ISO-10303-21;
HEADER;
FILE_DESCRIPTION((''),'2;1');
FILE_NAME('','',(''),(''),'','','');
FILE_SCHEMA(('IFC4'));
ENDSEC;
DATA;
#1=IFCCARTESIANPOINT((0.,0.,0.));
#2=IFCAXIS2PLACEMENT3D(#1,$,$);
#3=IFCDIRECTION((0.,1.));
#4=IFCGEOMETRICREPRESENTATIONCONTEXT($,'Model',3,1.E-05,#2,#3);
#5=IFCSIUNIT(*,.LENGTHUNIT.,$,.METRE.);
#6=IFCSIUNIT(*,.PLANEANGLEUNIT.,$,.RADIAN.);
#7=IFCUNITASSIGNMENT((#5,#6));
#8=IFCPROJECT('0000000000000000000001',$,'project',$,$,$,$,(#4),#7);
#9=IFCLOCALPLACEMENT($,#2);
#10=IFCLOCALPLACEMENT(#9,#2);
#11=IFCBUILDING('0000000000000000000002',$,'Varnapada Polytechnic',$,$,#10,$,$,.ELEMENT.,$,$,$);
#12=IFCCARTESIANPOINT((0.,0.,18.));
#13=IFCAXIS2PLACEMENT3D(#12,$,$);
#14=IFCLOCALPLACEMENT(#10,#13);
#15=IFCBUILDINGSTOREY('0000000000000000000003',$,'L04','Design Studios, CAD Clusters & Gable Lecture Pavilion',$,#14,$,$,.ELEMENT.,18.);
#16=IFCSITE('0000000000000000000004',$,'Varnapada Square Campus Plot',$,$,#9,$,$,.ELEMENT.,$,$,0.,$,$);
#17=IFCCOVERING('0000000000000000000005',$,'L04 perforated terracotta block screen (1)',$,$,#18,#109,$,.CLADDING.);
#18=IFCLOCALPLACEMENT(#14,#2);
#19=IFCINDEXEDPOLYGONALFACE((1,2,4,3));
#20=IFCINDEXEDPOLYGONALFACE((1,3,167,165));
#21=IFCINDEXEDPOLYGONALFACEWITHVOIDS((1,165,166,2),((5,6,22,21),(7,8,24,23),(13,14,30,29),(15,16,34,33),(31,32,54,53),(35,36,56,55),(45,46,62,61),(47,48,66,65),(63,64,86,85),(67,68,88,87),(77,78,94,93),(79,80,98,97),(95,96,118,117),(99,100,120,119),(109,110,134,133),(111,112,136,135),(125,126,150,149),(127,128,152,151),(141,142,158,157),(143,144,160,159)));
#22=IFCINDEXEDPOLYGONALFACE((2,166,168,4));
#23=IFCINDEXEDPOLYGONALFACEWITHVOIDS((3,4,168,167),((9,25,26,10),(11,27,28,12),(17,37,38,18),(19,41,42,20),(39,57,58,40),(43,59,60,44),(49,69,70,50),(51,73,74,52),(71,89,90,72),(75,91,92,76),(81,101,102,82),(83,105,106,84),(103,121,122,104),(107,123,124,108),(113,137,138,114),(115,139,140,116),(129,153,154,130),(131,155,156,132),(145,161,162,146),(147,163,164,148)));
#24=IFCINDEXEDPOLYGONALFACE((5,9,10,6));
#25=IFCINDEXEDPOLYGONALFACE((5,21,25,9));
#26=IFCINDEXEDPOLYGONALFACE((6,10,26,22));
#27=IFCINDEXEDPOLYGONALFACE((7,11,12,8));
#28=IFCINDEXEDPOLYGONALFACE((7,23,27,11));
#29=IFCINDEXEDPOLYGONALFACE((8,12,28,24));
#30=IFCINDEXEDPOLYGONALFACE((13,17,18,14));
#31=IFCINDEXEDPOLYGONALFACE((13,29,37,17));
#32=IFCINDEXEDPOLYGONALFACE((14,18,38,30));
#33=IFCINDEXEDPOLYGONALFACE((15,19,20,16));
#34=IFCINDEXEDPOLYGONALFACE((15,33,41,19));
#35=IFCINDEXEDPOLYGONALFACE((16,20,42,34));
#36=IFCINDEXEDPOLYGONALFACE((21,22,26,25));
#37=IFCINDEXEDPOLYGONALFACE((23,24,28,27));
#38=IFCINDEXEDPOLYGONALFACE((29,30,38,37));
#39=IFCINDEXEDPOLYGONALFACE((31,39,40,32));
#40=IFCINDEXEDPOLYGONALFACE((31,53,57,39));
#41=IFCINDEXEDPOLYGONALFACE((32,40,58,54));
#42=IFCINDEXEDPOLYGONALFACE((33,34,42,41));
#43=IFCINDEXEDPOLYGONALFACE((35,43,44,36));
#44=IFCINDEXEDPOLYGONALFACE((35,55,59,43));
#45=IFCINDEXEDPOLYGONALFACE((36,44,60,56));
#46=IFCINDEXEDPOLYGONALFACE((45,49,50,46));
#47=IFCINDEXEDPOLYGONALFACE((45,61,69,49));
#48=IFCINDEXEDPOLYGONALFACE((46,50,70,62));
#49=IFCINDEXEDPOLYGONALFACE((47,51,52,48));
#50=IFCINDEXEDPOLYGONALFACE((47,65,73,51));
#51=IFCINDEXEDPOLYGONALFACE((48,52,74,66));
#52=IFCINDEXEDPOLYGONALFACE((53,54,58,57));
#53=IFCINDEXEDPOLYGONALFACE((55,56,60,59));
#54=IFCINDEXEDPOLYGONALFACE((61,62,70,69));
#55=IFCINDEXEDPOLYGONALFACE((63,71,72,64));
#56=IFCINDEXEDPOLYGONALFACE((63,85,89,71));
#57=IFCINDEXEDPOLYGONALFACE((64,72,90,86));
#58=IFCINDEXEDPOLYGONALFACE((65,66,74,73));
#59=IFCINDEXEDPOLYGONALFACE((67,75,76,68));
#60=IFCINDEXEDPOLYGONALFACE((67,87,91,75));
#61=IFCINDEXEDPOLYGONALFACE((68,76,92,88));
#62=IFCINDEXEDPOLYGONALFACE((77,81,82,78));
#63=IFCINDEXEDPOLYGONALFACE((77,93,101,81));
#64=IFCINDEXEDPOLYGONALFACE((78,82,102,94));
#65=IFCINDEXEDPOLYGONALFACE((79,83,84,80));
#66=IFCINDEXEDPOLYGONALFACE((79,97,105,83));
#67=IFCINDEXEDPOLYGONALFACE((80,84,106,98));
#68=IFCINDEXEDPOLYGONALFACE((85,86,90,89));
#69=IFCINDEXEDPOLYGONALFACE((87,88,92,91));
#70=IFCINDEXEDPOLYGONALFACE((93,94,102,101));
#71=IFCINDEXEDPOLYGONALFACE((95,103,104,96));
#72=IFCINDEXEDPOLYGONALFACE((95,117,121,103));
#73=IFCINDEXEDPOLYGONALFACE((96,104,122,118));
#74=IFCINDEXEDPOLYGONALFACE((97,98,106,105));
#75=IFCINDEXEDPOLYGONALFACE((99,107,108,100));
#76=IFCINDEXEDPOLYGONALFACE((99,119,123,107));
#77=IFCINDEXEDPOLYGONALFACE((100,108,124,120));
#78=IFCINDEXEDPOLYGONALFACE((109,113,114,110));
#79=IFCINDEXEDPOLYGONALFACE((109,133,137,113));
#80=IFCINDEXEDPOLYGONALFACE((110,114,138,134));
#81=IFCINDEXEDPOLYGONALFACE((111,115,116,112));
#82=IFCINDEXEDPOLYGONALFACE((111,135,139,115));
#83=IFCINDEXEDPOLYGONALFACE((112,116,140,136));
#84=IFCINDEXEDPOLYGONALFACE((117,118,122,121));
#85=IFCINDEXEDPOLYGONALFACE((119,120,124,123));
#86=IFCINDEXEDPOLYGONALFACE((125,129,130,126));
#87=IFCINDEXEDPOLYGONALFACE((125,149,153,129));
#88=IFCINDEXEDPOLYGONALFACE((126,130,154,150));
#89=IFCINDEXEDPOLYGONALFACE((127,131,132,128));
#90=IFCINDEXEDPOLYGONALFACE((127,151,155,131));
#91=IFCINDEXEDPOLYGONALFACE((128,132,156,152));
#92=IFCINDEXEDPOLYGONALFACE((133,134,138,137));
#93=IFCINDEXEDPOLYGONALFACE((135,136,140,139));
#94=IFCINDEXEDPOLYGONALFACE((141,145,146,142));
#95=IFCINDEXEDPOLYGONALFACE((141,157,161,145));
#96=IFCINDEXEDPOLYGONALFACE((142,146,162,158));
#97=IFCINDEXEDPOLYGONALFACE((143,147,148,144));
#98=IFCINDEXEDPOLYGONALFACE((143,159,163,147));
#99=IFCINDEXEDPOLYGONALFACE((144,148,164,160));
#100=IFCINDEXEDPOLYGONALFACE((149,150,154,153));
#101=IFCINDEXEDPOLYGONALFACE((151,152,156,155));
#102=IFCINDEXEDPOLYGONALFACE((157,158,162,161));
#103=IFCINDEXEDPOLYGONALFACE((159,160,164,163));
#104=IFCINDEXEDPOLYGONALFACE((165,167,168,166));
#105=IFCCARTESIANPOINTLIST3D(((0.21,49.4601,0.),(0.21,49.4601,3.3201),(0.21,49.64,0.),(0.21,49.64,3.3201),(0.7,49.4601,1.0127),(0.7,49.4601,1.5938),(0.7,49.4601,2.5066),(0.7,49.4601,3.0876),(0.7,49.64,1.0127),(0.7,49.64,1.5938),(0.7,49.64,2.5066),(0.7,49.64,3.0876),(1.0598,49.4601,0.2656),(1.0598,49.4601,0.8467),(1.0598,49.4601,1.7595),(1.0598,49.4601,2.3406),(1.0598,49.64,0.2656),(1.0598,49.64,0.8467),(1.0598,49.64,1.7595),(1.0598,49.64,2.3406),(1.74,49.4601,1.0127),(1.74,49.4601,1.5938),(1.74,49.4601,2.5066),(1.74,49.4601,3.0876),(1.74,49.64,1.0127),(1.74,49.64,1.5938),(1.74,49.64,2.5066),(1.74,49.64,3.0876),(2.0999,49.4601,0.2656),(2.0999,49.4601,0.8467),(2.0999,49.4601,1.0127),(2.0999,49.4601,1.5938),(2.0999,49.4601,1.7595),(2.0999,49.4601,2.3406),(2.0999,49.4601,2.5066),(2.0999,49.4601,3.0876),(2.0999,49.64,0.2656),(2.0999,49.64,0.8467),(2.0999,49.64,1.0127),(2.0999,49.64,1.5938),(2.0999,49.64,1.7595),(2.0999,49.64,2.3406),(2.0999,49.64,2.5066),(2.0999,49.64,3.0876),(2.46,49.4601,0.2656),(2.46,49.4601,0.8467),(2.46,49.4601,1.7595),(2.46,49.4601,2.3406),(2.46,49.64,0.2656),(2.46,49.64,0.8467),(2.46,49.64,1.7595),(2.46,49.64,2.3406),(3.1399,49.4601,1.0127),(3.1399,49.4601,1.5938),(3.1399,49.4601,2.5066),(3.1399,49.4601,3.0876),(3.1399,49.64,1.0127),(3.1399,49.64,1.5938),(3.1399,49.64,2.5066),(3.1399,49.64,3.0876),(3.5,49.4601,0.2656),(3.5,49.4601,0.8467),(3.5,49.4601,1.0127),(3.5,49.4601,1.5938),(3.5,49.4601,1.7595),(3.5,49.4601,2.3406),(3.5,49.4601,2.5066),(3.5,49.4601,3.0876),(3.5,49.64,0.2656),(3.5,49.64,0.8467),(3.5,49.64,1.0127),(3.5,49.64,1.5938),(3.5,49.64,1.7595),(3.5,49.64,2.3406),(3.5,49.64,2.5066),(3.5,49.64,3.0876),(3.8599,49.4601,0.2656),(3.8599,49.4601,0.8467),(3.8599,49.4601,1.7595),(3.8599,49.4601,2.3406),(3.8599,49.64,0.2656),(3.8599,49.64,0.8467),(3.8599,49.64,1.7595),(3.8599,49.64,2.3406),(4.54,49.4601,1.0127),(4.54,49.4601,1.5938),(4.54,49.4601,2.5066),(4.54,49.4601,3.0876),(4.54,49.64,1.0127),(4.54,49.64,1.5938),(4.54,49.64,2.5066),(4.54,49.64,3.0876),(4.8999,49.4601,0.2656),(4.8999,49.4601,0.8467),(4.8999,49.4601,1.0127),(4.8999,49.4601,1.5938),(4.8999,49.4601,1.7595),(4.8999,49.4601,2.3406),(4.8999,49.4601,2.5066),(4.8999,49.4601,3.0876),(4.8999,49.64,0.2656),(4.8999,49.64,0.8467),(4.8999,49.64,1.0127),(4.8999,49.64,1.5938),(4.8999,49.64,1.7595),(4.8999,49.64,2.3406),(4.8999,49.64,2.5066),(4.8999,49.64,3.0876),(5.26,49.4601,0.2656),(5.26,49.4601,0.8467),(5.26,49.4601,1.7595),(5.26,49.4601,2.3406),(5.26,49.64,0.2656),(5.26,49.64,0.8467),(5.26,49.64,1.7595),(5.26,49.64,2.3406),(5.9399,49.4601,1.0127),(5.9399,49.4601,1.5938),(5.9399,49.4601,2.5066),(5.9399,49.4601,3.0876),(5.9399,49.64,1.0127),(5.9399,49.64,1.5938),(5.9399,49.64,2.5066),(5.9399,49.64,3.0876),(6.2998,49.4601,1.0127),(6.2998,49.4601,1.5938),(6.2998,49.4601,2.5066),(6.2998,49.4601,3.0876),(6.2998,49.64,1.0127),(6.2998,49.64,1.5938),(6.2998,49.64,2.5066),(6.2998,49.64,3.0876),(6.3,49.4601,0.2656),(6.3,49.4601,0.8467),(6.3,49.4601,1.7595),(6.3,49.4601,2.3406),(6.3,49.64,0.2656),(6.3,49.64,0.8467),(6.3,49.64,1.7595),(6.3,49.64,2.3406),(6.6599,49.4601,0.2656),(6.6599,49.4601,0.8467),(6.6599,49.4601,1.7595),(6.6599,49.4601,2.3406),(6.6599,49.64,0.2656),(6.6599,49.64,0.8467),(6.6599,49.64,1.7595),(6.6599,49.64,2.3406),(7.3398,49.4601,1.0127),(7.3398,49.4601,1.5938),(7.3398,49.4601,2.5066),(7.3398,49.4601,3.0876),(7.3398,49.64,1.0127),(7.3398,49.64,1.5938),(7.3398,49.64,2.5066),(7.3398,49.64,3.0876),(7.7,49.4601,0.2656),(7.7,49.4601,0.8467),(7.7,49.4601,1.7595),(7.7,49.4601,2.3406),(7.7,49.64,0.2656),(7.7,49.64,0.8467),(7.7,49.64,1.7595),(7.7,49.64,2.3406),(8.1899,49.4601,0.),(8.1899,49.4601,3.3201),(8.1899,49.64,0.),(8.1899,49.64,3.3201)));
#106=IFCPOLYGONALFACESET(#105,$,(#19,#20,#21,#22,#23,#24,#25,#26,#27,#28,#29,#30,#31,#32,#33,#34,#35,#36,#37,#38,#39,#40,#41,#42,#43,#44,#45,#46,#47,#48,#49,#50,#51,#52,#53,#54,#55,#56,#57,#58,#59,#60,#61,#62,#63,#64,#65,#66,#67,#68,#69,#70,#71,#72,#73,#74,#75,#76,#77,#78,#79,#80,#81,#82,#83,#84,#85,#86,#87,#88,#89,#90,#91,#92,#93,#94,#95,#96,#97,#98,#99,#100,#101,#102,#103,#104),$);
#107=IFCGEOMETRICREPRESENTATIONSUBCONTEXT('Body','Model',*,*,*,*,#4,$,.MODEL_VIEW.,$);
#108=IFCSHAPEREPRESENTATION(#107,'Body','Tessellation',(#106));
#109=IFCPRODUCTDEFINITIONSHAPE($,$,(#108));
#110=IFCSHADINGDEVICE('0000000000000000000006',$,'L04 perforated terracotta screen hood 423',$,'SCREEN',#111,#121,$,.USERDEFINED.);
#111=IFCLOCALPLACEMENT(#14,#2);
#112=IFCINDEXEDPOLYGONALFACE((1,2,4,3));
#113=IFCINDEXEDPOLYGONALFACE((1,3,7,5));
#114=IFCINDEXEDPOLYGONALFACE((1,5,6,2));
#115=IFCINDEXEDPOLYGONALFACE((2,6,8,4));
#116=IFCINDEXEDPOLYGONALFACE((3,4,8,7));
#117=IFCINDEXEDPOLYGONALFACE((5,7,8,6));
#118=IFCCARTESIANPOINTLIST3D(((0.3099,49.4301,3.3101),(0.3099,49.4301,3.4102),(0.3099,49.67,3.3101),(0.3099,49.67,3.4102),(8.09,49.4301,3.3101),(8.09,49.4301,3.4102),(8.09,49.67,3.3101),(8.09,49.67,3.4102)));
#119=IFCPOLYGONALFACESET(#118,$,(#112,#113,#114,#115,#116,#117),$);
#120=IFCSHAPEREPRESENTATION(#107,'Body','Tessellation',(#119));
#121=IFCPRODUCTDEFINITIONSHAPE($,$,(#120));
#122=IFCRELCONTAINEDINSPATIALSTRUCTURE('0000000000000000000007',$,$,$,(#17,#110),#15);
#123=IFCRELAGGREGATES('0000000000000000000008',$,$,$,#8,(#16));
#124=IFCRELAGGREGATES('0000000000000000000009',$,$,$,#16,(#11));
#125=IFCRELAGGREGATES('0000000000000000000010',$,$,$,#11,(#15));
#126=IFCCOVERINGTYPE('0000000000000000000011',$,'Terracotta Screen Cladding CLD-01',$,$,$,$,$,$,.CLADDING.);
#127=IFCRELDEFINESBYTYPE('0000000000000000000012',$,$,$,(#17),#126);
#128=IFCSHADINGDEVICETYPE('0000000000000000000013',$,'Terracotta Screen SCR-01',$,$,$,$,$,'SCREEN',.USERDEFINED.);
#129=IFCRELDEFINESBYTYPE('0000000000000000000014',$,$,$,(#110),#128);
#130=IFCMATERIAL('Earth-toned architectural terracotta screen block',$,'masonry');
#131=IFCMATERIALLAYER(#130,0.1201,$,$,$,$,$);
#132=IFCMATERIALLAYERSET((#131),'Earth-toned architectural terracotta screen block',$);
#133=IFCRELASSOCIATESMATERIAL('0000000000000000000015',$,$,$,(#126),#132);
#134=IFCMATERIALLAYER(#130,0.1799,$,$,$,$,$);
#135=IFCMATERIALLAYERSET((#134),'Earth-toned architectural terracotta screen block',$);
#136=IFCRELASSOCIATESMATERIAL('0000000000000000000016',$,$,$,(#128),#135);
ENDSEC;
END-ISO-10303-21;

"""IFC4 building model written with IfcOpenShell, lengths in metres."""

from ifc_helpers import new_model, si_unit, direction, frame, frame_2d, origin, origin_2d, place, context, subcontext, project, spatial, rectangle, extrude, material, layer, layer_set, type_object, element, save


model = new_model("IFC4")

# Units and contexts
model_context = context("Model", 3, precision=1e-05, world=origin(), true_north=direction((0.0, 1.0)))
body_context = subcontext(model_context, "Body", "Model", "MODEL_VIEW")
ifc_project = project(units=[si_unit("LENGTHUNIT", "METRE"), si_unit("PLANEANGLEUNIT", "RADIAN")], contexts=[model_context])

# Site, building, storey
site_placement = place(None, origin())
site = spatial("IfcSite", under=ifc_project, at=site_placement, Name="Varnapada Square Campus Plot", CompositionType="ELEMENT", RefElevation=0.0)
building_placement = place(site_placement, origin())
building = spatial("IfcBuilding", under=site, at=building_placement, Name="Varnapada Polytechnic", CompositionType="ELEMENT")
storey_placement = place(building_placement, frame((0.0, 0.0, 18.0)))
storey = spatial("IfcBuildingStorey", under=building, at=storey_placement, Name="L04", Description="Design Studios, CAD Clusters & Gable Lecture Pavilion", CompositionType="ELEMENT", Elevation=18.0)

# Covering, openings
ifc_material_1 = material(Name="Earth-toned architectural terracotta screen block", Category="masonry")
ifc_layer_1 = layer(ifc_material_1, 0.1201)
ifc_layer_set_1 = layer_set([ifc_layer_1], Name="Earth-toned architectural terracotta screen block")
covering_type = type_object("IfcCoveringType", Name="Terracotta Screen Cladding CLD-01", PredefinedType="CLADDING", material=ifc_layer_set_1)
covering_placement = place(storey_placement, frame((8.1899, 49.55, 0.0), z_axis=(0.0, 0.0, 1.0), x_axis=(-1.0, 0.0, 0.0)))
covering = element("IfcCovering", 1, at=covering_placement, inside=storey, type_object=covering_type, Name="L04 perforated terracotta block screen (1)", PredefinedType="CLADDING", context=body_context, shape_type="SweptSolid", body=[
    extrude(rectangle(XDim=7.98, YDim=0.1799, at=frame_2d((3.99, 0.0))), origin(), (0.0, 0.0, 1.0), 3.3201),
])
opening_1_placement = place(covering_placement, frame((0.49, 0.0, 0.2656)))
element("IfcOpeningElement", 2, at=opening_1_placement, cuts=covering, PredefinedType="OPENING", context=body_context, shape_type="SweptSolid", body=[
    extrude(rectangle(XDim=1.04, YDim=0.5811, at=frame_2d((0.52, 0.2905))), frame((0.0, 0.0999, 0.0), z_axis=(0.0, -1.0, 0.0), x_axis=(1.0, 0.0, 0.0)), (0.0, 0.0, 1.0), 0.2),
])
opening_2_placement = place(covering_placement, frame((1.8899, 0.0, 0.2656)))
element("IfcOpeningElement", 3, at=opening_2_placement, cuts=covering, PredefinedType="OPENING", context=body_context, shape_type="SweptSolid", body=[
    extrude(rectangle(XDim=1.04, YDim=0.5811, at=frame_2d((0.52, 0.2905))), frame((0.0, 0.0999, 0.0), z_axis=(0.0, -1.0, 0.0), x_axis=(1.0, 0.0, 0.0)), (0.0, 0.0, 1.0), 0.2),
])
opening_3_placement = place(covering_placement, frame((3.29, 0.0, 0.2656)))
element("IfcOpeningElement", 4, at=opening_3_placement, cuts=covering, PredefinedType="OPENING", context=body_context, shape_type="SweptSolid", body=[
    extrude(rectangle(XDim=1.04, YDim=0.5811, at=frame_2d((0.52, 0.2905))), frame((0.0, 0.0999, 0.0), z_axis=(0.0, -1.0, 0.0), x_axis=(1.0, 0.0, 0.0)), (0.0, 0.0, 1.0), 0.2),
])
opening_4_placement = place(covering_placement, frame((4.6899, 0.0, 0.2656)))
element("IfcOpeningElement", 5, at=opening_4_placement, cuts=covering, PredefinedType="OPENING", context=body_context, shape_type="SweptSolid", body=[
    extrude(rectangle(XDim=1.04, YDim=0.5811, at=frame_2d((0.52, 0.2905))), frame((0.0, 0.0999, 0.0), z_axis=(0.0, -1.0, 0.0), x_axis=(1.0, 0.0, 0.0)), (0.0, 0.0, 1.0), 0.2),
])
opening_5_placement = place(covering_placement, frame((6.0901, 0.0, 0.2656)))
element("IfcOpeningElement", 6, at=opening_5_placement, cuts=covering, PredefinedType="OPENING", context=body_context, shape_type="SweptSolid", body=[
    extrude(rectangle(XDim=1.04, YDim=0.5811, at=frame_2d((0.52, 0.2905))), frame((0.0, 0.0999, 0.0), z_axis=(0.0, -1.0, 0.0), x_axis=(1.0, 0.0, 0.0)), (0.0, 0.0, 1.0), 0.2),
])
opening_6_placement = place(covering_placement, frame((0.8501, 0.0, 1.0127)))
element("IfcOpeningElement", 7, at=opening_6_placement, cuts=covering, PredefinedType="OPENING", context=body_context, shape_type="SweptSolid", body=[
    extrude(rectangle(XDim=1.04, YDim=0.5811, at=frame_2d((0.52, 0.2905))), frame((0.0, 0.0999, 0.0), z_axis=(0.0, -1.0, 0.0), x_axis=(1.0, 0.0, 0.0)), (0.0, 0.0, 1.0), 0.2),
])
opening_7_placement = place(covering_placement, frame((2.25, 0.0, 1.0127)))
element("IfcOpeningElement", 8, at=opening_7_placement, cuts=covering, PredefinedType="OPENING", context=body_context, shape_type="SweptSolid", body=[
    extrude(rectangle(XDim=1.04, YDim=0.5811, at=frame_2d((0.52, 0.2905))), frame((0.0, 0.0999, 0.0), z_axis=(0.0, -1.0, 0.0), x_axis=(1.0, 0.0, 0.0)), (0.0, 0.0, 1.0), 0.2),
])
opening_8_placement = place(covering_placement, frame((3.6499, 0.0, 1.0127)))
element("IfcOpeningElement", 9, at=opening_8_placement, cuts=covering, PredefinedType="OPENING", context=body_context, shape_type="SweptSolid", body=[
    extrude(rectangle(XDim=1.04, YDim=0.5811, at=frame_2d((0.52, 0.2905))), frame((0.0, 0.0999, 0.0), z_axis=(0.0, -1.0, 0.0), x_axis=(1.0, 0.0, 0.0)), (0.0, 0.0, 1.0), 0.2),
])
opening_9_placement = place(covering_placement, frame((5.05, 0.0, 1.0127)))
element("IfcOpeningElement", 10, at=opening_9_placement, cuts=covering, PredefinedType="OPENING", context=body_context, shape_type="SweptSolid", body=[
    extrude(rectangle(XDim=1.04, YDim=0.5811, at=frame_2d((0.52, 0.2905))), frame((0.0, 0.0999, 0.0), z_axis=(0.0, -1.0, 0.0), x_axis=(1.0, 0.0, 0.0)), (0.0, 0.0, 1.0), 0.2),
])
opening_10_placement = place(covering_placement, frame((6.45, 0.0, 1.0127)))
element("IfcOpeningElement", 11, at=opening_10_placement, cuts=covering, PredefinedType="OPENING", context=body_context, shape_type="SweptSolid", body=[
    extrude(rectangle(XDim=1.04, YDim=0.5811, at=frame_2d((0.52, 0.2905))), frame((0.0, 0.0999, 0.0), z_axis=(0.0, -1.0, 0.0), x_axis=(1.0, 0.0, 0.0)), (0.0, 0.0, 1.0), 0.2),
])
opening_11_placement = place(covering_placement, frame((0.49, 0.0, 1.7595)))
element("IfcOpeningElement", 12, at=opening_11_placement, cuts=covering, PredefinedType="OPENING", context=body_context, shape_type="SweptSolid", body=[
    extrude(rectangle(XDim=1.04, YDim=0.5811, at=frame_2d((0.52, 0.2905))), frame((0.0, 0.0999, 0.0), z_axis=(0.0, -1.0, 0.0), x_axis=(1.0, 0.0, 0.0)), (0.0, 0.0, 1.0), 0.2),
])
opening_12_placement = place(covering_placement, frame((1.8899, 0.0, 1.7595)))
element("IfcOpeningElement", 13, at=opening_12_placement, cuts=covering, PredefinedType="OPENING", context=body_context, shape_type="SweptSolid", body=[
    extrude(rectangle(XDim=1.04, YDim=0.5811, at=frame_2d((0.52, 0.2905))), frame((0.0, 0.0999, 0.0), z_axis=(0.0, -1.0, 0.0), x_axis=(1.0, 0.0, 0.0)), (0.0, 0.0, 1.0), 0.2),
])
opening_13_placement = place(covering_placement, frame((3.29, 0.0, 1.7595)))
element("IfcOpeningElement", 14, at=opening_13_placement, cuts=covering, PredefinedType="OPENING", context=body_context, shape_type="SweptSolid", body=[
    extrude(rectangle(XDim=1.04, YDim=0.5811, at=frame_2d((0.52, 0.2905))), frame((0.0, 0.0999, 0.0), z_axis=(0.0, -1.0, 0.0), x_axis=(1.0, 0.0, 0.0)), (0.0, 0.0, 1.0), 0.2),
])
opening_14_placement = place(covering_placement, frame((4.6899, 0.0, 1.7595)))
element("IfcOpeningElement", 15, at=opening_14_placement, cuts=covering, PredefinedType="OPENING", context=body_context, shape_type="SweptSolid", body=[
    extrude(rectangle(XDim=1.04, YDim=0.5811, at=frame_2d((0.52, 0.2905))), frame((0.0, 0.0999, 0.0), z_axis=(0.0, -1.0, 0.0), x_axis=(1.0, 0.0, 0.0)), (0.0, 0.0, 1.0), 0.2),
])
opening_15_placement = place(covering_placement, frame((6.0901, 0.0, 1.7595)))
element("IfcOpeningElement", 16, at=opening_15_placement, cuts=covering, PredefinedType="OPENING", context=body_context, shape_type="SweptSolid", body=[
    extrude(rectangle(XDim=1.04, YDim=0.5811, at=frame_2d((0.52, 0.2905))), frame((0.0, 0.0999, 0.0), z_axis=(0.0, -1.0, 0.0), x_axis=(1.0, 0.0, 0.0)), (0.0, 0.0, 1.0), 0.2),
])
opening_16_placement = place(covering_placement, frame((0.8501, 0.0, 2.5066)))
element("IfcOpeningElement", 17, at=opening_16_placement, cuts=covering, PredefinedType="OPENING", context=body_context, shape_type="SweptSolid", body=[
    extrude(rectangle(XDim=1.04, YDim=0.5811, at=frame_2d((0.52, 0.2905))), frame((0.0, 0.0999, 0.0), z_axis=(0.0, -1.0, 0.0), x_axis=(1.0, 0.0, 0.0)), (0.0, 0.0, 1.0), 0.2),
])
opening_17_placement = place(covering_placement, frame((2.25, 0.0, 2.5066)))
element("IfcOpeningElement", 18, at=opening_17_placement, cuts=covering, PredefinedType="OPENING", context=body_context, shape_type="SweptSolid", body=[
    extrude(rectangle(XDim=1.04, YDim=0.5811, at=frame_2d((0.52, 0.2905))), frame((0.0, 0.0999, 0.0), z_axis=(0.0, -1.0, 0.0), x_axis=(1.0, 0.0, 0.0)), (0.0, 0.0, 1.0), 0.2),
])
opening_18_placement = place(covering_placement, frame((3.6499, 0.0, 2.5066)))
element("IfcOpeningElement", 19, at=opening_18_placement, cuts=covering, PredefinedType="OPENING", context=body_context, shape_type="SweptSolid", body=[
    extrude(rectangle(XDim=1.04, YDim=0.5811, at=frame_2d((0.52, 0.2905))), frame((0.0, 0.0999, 0.0), z_axis=(0.0, -1.0, 0.0), x_axis=(1.0, 0.0, 0.0)), (0.0, 0.0, 1.0), 0.2),
])
opening_19_placement = place(covering_placement, frame((5.05, 0.0, 2.5066)))
element("IfcOpeningElement", 20, at=opening_19_placement, cuts=covering, PredefinedType="OPENING", context=body_context, shape_type="SweptSolid", body=[
    extrude(rectangle(XDim=1.04, YDim=0.5811, at=frame_2d((0.52, 0.2905))), frame((0.0, 0.0999, 0.0), z_axis=(0.0, -1.0, 0.0), x_axis=(1.0, 0.0, 0.0)), (0.0, 0.0, 1.0), 0.2),
])
opening_20_placement = place(covering_placement, frame((6.45, 0.0, 2.5066)))
element("IfcOpeningElement", 21, at=opening_20_placement, cuts=covering, PredefinedType="OPENING", context=body_context, shape_type="SweptSolid", body=[
    extrude(rectangle(XDim=1.04, YDim=0.5811, at=frame_2d((0.52, 0.2905))), frame((0.0, 0.0999, 0.0), z_axis=(0.0, -1.0, 0.0), x_axis=(1.0, 0.0, 0.0)), (0.0, 0.0, 1.0), 0.2),
])

# Shading device
ifc_layer_2 = layer(ifc_material_1, 0.1799)
ifc_layer_set_2 = layer_set([ifc_layer_2], Name="Earth-toned architectural terracotta screen block")
shading_device_type = type_object("IfcShadingDeviceType", Name="Terracotta Screen SCR-01", ElementType="SCREEN", PredefinedType="USERDEFINED", material=ifc_layer_set_2)
shading_device_placement = place(storey_placement, frame((4.2, 49.55, 3.3101), z_axis=(0.0, 0.0, 1.0), x_axis=(-1.0, 0.0, 0.0)))
element("IfcShadingDevice", 22, at=shading_device_placement, inside=storey, type_object=shading_device_type, Name="L04 perforated terracotta screen hood 423", ObjectType="SCREEN", PredefinedType="USERDEFINED", context=body_context, shape_type="SweptSolid", body=[
    extrude(rectangle(XDim=7.78, YDim=0.24, at=origin_2d()), origin(), (0.0, 0.0, 1.0), 0.1001),
])

save(model, "model.ifc")
